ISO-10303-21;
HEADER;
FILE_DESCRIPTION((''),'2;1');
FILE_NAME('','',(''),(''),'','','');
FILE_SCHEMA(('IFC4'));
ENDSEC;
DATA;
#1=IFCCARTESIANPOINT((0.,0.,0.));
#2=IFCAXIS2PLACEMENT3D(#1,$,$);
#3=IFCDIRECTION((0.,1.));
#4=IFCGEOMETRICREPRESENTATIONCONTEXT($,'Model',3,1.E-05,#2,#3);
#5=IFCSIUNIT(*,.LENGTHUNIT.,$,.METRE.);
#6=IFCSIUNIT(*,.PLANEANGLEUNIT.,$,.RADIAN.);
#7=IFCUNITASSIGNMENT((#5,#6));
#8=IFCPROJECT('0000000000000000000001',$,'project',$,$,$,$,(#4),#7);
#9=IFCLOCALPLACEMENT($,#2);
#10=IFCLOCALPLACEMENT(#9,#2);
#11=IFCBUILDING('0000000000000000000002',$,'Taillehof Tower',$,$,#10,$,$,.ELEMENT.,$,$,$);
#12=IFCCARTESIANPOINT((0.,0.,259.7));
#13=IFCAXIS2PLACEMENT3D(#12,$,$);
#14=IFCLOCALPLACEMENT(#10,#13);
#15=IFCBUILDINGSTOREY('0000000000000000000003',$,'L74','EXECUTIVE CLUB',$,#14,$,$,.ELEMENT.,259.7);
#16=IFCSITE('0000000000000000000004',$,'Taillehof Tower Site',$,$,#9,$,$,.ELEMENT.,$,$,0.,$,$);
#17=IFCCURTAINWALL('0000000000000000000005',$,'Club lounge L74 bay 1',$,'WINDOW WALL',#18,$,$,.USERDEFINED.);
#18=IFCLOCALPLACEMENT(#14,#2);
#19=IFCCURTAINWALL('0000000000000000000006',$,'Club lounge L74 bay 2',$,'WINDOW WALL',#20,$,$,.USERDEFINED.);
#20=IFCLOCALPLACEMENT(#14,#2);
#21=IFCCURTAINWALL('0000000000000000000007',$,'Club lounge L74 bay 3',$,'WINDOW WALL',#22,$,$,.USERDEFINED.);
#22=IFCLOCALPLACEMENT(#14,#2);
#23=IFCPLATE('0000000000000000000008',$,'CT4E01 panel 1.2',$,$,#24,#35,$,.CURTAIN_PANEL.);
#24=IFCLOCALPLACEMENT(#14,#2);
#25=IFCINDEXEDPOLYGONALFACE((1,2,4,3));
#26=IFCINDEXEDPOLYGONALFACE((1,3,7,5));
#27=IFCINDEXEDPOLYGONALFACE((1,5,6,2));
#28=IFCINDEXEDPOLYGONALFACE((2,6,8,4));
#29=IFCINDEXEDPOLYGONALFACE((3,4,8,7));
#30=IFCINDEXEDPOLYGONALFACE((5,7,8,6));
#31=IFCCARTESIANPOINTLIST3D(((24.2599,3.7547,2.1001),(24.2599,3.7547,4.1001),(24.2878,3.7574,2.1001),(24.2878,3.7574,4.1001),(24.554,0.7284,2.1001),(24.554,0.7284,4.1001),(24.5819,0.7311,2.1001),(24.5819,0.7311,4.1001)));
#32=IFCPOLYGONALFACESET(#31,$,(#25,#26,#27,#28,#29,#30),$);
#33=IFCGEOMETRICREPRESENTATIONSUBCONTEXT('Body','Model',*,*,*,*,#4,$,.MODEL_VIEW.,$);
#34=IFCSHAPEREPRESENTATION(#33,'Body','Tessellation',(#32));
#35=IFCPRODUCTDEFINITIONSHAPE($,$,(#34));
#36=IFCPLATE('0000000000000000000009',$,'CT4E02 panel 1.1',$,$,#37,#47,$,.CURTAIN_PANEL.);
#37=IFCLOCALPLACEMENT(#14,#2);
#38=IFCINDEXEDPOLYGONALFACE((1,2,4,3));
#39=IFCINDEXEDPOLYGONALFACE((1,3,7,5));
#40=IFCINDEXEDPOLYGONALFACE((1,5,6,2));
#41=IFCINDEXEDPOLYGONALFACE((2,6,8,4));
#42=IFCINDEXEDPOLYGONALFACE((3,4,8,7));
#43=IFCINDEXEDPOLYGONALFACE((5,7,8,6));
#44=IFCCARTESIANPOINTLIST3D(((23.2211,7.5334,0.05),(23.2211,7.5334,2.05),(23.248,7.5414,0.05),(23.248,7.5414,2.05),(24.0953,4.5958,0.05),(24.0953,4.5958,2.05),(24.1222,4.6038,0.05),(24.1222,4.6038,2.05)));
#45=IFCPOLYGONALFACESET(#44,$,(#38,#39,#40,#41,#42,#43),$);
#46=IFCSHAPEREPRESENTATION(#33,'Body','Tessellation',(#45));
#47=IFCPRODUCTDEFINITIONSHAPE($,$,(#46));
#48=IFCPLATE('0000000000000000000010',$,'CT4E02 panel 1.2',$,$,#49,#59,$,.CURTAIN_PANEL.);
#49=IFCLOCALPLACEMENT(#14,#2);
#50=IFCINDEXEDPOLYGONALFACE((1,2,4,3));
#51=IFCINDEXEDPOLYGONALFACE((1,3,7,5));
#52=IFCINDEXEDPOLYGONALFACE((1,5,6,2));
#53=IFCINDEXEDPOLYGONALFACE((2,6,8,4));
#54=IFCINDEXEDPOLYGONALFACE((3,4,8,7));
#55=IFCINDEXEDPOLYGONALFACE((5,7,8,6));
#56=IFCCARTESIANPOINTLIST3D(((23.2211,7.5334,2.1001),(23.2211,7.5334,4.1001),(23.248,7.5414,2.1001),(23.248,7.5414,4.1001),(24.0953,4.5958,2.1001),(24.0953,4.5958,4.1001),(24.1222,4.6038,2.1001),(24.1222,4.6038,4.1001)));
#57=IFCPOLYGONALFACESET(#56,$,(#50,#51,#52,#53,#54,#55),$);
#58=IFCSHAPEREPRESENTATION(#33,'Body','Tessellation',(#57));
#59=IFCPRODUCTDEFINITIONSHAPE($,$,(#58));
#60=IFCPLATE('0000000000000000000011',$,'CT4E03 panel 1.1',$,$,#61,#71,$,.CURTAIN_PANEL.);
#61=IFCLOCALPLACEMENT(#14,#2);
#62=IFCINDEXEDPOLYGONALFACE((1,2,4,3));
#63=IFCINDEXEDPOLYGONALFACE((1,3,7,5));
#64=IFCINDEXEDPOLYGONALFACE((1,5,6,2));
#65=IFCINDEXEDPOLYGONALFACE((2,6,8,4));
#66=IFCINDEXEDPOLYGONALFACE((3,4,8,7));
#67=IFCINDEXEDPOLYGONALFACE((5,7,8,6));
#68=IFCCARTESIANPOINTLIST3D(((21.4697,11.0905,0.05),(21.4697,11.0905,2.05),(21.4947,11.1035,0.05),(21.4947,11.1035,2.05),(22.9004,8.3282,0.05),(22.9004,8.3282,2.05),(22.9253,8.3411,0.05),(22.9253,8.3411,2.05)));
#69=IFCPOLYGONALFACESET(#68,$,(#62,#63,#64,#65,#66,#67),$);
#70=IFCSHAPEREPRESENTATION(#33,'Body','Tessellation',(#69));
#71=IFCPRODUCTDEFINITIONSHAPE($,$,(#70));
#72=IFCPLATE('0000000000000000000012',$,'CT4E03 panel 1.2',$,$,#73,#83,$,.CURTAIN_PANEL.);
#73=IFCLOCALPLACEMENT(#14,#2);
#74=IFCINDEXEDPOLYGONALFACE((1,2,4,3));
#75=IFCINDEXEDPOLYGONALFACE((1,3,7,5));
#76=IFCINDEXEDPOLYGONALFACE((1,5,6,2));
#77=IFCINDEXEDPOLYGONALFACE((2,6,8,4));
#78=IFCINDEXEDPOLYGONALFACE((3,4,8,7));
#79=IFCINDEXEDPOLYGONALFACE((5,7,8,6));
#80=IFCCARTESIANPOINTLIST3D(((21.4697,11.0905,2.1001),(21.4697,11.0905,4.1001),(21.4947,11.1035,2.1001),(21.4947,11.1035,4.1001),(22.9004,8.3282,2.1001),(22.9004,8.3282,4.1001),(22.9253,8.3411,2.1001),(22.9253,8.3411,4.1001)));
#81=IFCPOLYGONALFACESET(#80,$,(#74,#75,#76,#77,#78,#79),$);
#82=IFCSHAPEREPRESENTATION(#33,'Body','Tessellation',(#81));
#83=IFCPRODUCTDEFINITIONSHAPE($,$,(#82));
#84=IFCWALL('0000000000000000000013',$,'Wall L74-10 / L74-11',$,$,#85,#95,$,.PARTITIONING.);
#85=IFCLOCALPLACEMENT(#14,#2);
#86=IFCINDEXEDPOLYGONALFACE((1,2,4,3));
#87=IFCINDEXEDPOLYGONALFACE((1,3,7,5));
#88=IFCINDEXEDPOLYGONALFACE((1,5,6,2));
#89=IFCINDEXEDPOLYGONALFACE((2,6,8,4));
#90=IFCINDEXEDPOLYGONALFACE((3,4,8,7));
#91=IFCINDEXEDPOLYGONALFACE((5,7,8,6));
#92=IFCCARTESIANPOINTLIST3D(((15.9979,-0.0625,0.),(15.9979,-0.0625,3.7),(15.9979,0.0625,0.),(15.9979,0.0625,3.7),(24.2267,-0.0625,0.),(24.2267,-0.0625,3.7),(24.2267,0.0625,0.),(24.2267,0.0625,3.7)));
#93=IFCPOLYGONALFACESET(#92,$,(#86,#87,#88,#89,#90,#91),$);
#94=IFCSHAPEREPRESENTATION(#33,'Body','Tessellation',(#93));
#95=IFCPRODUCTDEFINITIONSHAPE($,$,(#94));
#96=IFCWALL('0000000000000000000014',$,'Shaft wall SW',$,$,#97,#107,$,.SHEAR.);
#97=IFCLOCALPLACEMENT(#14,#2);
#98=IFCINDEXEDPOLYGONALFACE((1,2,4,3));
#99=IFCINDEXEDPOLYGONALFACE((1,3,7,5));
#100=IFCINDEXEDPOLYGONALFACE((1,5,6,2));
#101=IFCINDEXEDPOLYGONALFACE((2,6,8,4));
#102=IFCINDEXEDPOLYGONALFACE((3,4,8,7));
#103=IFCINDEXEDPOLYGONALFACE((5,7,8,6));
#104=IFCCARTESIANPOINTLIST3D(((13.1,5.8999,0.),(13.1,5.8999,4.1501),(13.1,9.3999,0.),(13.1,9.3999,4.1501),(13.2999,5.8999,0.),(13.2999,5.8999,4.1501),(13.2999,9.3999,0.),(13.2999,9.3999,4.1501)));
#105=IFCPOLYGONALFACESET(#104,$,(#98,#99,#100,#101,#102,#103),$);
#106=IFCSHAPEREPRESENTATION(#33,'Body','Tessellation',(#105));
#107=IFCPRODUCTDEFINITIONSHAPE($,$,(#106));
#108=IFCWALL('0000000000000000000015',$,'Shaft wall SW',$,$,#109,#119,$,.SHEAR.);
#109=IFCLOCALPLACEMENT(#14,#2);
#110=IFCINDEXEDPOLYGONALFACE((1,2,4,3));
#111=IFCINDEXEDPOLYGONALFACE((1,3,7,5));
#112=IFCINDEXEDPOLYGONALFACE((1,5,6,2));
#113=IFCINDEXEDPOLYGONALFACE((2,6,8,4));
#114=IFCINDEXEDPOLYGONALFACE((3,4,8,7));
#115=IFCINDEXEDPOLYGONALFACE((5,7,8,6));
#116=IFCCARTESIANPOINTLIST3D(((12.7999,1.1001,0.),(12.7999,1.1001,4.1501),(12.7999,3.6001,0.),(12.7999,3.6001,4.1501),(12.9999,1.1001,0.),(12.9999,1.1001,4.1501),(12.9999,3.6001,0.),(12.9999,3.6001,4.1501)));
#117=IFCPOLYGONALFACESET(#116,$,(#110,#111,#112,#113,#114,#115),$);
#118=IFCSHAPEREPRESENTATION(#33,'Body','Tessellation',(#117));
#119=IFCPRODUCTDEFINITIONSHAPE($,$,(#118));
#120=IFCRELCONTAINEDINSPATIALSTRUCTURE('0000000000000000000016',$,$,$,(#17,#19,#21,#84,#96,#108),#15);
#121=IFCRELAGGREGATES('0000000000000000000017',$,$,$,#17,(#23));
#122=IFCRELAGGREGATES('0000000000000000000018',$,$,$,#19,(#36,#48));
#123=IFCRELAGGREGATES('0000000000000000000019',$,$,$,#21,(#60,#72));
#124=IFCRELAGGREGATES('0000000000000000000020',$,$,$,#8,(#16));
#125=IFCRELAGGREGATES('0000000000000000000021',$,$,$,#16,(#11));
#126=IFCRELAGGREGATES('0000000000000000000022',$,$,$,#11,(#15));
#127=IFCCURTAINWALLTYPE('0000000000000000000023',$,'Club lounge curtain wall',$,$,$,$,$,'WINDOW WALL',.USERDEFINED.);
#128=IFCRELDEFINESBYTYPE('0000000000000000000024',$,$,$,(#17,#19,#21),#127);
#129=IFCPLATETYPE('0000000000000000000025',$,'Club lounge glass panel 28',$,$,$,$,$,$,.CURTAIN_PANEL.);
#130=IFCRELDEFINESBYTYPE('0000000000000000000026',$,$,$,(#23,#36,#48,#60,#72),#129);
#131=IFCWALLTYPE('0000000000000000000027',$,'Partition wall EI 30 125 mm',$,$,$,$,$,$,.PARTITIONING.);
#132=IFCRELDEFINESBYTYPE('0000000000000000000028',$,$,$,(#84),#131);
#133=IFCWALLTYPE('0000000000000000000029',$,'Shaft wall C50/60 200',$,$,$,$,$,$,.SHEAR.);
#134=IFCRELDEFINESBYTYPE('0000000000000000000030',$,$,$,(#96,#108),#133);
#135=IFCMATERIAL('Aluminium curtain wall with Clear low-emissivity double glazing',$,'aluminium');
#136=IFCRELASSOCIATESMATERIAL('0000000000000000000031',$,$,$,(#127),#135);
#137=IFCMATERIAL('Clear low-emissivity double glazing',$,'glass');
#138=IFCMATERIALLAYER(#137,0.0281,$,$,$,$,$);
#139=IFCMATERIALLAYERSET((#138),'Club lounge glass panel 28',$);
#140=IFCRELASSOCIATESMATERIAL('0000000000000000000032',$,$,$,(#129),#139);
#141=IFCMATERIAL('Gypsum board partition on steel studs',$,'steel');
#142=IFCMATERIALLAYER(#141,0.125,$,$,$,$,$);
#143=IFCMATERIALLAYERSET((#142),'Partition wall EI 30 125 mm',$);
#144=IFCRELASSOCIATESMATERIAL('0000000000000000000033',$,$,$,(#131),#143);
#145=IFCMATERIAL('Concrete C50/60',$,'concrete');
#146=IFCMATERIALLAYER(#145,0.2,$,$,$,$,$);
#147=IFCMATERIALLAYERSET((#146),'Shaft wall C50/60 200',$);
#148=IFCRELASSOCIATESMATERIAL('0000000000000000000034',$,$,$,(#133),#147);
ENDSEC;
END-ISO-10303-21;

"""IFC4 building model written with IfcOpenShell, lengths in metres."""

from ifc_helpers import new_model, si_unit, direction, frame, frame_2d, origin, origin_2d, place, context, subcontext, project, spatial, rectangle, extrude, material, layer, layer_set, type_object, element, aggregate, save


model = new_model("IFC4")

# Units and contexts
model_context = context("Model", 3, precision=1e-05, world=origin(), true_north=direction((0.0, 1.0)))
body_context = subcontext(model_context, "Body", "Model", "MODEL_VIEW")
ifc_project = project(units=[si_unit("LENGTHUNIT", "METRE"), si_unit("PLANEANGLEUNIT", "RADIAN")], contexts=[model_context])

# Site, building, storey
site_placement = place(None, origin())
site = spatial("IfcSite", under=ifc_project, at=site_placement, Name="Taillehof Tower Site", CompositionType="ELEMENT", RefElevation=0.0)
building_placement = place(site_placement, origin())
building = spatial("IfcBuilding", under=site, at=building_placement, Name="Taillehof Tower", CompositionType="ELEMENT")
storey_placement = place(building_placement, frame((0.0, 0.0, 259.7)))
storey = spatial("IfcBuildingStorey", under=building, at=storey_placement, Name="L74", Description="EXECUTIVE CLUB", CompositionType="ELEMENT", Elevation=259.7)

# Curtain walls
ifc_material_1 = material(Name="Aluminium curtain wall with Clear low-emissivity double glazing", Category="aluminium")
curtain_wall_type = type_object("IfcCurtainWallType", Name="Club lounge curtain wall", ElementType="WINDOW WALL", PredefinedType="USERDEFINED", material=ifc_material_1)
curtain_wall_1_placement = place(storey_placement, origin())
curtain_wall_1 = element("IfcCurtainWall", 1, at=curtain_wall_1_placement, inside=storey, type_object=curtain_wall_type, Name="Club lounge L74 bay 1", ObjectType="WINDOW WALL", PredefinedType="USERDEFINED")
curtain_wall_2_placement = place(storey_placement, origin())
curtain_wall_2 = element("IfcCurtainWall", 2, at=curtain_wall_2_placement, inside=storey, type_object=curtain_wall_type, Name="Club lounge L74 bay 2", ObjectType="WINDOW WALL", PredefinedType="USERDEFINED")
curtain_wall_3_placement = place(storey_placement, origin())
curtain_wall_3 = element("IfcCurtainWall", 3, at=curtain_wall_3_placement, inside=storey, type_object=curtain_wall_type, Name="Club lounge L74 bay 3", ObjectType="WINDOW WALL", PredefinedType="USERDEFINED")

# Plates
ifc_material_2 = material(Name="Clear low-emissivity double glazing", Category="glass")
ifc_layer_1 = layer(ifc_material_2, 0.0281)
ifc_layer_set_1 = layer_set([ifc_layer_1], Name="Club lounge glass panel 28")
plate_type = type_object("IfcPlateType", Name="Club lounge glass panel 28", PredefinedType="CURTAIN_PANEL", material=ifc_layer_set_1)
plate_1_placement = place(storey_placement, frame((24.4209, 2.2429, 2.1001), z_axis=(0.0, 0.0, 1.0), x_axis=(-0.096714, 0.995312, 0.0)))
plate_1 = element("IfcPlate", 4, at=plate_1_placement, type_object=plate_type, Name="CT4E01 panel 1.2", PredefinedType="CURTAIN_PANEL", context=body_context, shape_type="SweptSolid", body=[
    extrude(rectangle(XDim=3.0405, YDim=0.0281, at=origin_2d()), origin(), (0.0, 0.0, 1.0), 2.0),
])
aggregate(curtain_wall_1, [plate_1])
plate_2_placement = place(storey_placement, frame((23.6716, 6.0686, 0.05), z_axis=(0.0, 0.0, 1.0), x_axis=(-0.285236, 0.958457, 0.0)))
plate_2 = element("IfcPlate", 5, at=plate_2_placement, type_object=plate_type, Name="CT4E02 panel 1.1", PredefinedType="CURTAIN_PANEL", context=body_context, shape_type="SweptSolid", body=[
    extrude(rectangle(XDim=3.0649, YDim=0.0281, at=origin_2d()), origin(), (0.0, 0.0, 1.0), 2.0),
])
plate_3_placement = place(storey_placement, frame((23.6716, 6.0686, 2.1001), z_axis=(0.0, 0.0, 1.0), x_axis=(-0.285236, 0.958457, 0.0)))
plate_3 = element("IfcPlate", 6, at=plate_3_placement, type_object=plate_type, Name="CT4E02 panel 1.2", PredefinedType="CURTAIN_PANEL", context=body_context, shape_type="SweptSolid", body=[
    extrude(rectangle(XDim=3.0649, YDim=0.0281, at=origin_2d()), origin(), (0.0, 0.0, 1.0), 2.0),
])
aggregate(curtain_wall_2, [plate_2, plate_3])
plate_4_placement = place(storey_placement, frame((22.1975, 9.7158, 0.05), z_axis=(0.0, 0.0, 1.0), x_axis=(-0.459891, 0.887975, 0.0)))
plate_4 = element("IfcPlate", 7, at=plate_4_placement, type_object=plate_type, Name="CT4E03 panel 1.1", PredefinedType="CURTAIN_PANEL", context=body_context, shape_type="SweptSolid", body=[
    extrude(rectangle(XDim=3.1108, YDim=0.0281, at=origin_2d()), origin(), (0.0, 0.0, 1.0), 2.0),
])
plate_5_placement = place(storey_placement, frame((22.1975, 9.7158, 2.1001), z_axis=(0.0, 0.0, 1.0), x_axis=(-0.459891, 0.887975, 0.0)))
plate_5 = element("IfcPlate", 8, at=plate_5_placement, type_object=plate_type, Name="CT4E03 panel 1.2", PredefinedType="CURTAIN_PANEL", context=body_context, shape_type="SweptSolid", body=[
    extrude(rectangle(XDim=3.1108, YDim=0.0281, at=origin_2d()), origin(), (0.0, 0.0, 1.0), 2.0),
])
aggregate(curtain_wall_3, [plate_4, plate_5])

# Walls
ifc_material_3 = material(Name="Gypsum board partition on steel studs", Category="steel")
ifc_layer_2 = layer(ifc_material_3, 0.125)
ifc_layer_set_2 = layer_set([ifc_layer_2], Name="Partition wall EI 30 125 mm")
wall_type_1 = type_object("IfcWallType", Name="Partition wall EI 30 125 mm", PredefinedType="PARTITIONING", material=ifc_layer_set_2)
wall_1_placement = place(storey_placement, frame((15.998, 0.0, 0.0), z_axis=(0.0, 0.0, 1.0), x_axis=(1.0, 0.0, 0.0)))
element("IfcWall", 9, at=wall_1_placement, inside=storey, type_object=wall_type_1, Name="Wall L74-10 / L74-11", PredefinedType="PARTITIONING", context=body_context, shape_type="SweptSolid", body=[
    extrude(rectangle(XDim=8.2288, YDim=0.125, at=frame_2d((4.1143, 0.0))), origin(), (0.0, 0.0, 1.0), 3.7),
])
ifc_material_4 = material(Name="Concrete C50/60", Category="concrete")
ifc_layer_3 = layer(ifc_material_4, 0.2)
ifc_layer_set_3 = layer_set([ifc_layer_3], Name="Shaft wall C50/60 200")
wall_type_2 = type_object("IfcWallType", Name="Shaft wall C50/60 200", PredefinedType="SHEAR", material=ifc_layer_set_3)
wall_2_placement = place(storey_placement, frame((13.2, 5.8999, 0.0), z_axis=(0.0, 0.0, 1.0), x_axis=(0.0, 1.0, 0.0)))
element("IfcWall", 10, at=wall_2_placement, inside=storey, type_object=wall_type_2, Name="Shaft wall SW", PredefinedType="SHEAR", context=body_context, shape_type="SweptSolid", body=[
    extrude(rectangle(XDim=3.5, YDim=0.2, at=frame_2d((1.75, 0.0))), origin(), (0.0, 0.0, 1.0), 4.1501),
])
wall_3_placement = place(storey_placement, frame((12.8999, 1.1001, 0.0), z_axis=(0.0, 0.0, 1.0), x_axis=(0.0, 1.0, 0.0)))
element("IfcWall", 11, at=wall_3_placement, inside=storey, type_object=wall_type_2, Name="Shaft wall SW", PredefinedType="SHEAR", context=body_context, shape_type="SweptSolid", body=[
    extrude(rectangle(XDim=2.5, YDim=0.2, at=frame_2d((1.25, 0.0))), origin(), (0.0, 0.0, 1.0), 4.1501),
])

save(model, "model.ifc")
